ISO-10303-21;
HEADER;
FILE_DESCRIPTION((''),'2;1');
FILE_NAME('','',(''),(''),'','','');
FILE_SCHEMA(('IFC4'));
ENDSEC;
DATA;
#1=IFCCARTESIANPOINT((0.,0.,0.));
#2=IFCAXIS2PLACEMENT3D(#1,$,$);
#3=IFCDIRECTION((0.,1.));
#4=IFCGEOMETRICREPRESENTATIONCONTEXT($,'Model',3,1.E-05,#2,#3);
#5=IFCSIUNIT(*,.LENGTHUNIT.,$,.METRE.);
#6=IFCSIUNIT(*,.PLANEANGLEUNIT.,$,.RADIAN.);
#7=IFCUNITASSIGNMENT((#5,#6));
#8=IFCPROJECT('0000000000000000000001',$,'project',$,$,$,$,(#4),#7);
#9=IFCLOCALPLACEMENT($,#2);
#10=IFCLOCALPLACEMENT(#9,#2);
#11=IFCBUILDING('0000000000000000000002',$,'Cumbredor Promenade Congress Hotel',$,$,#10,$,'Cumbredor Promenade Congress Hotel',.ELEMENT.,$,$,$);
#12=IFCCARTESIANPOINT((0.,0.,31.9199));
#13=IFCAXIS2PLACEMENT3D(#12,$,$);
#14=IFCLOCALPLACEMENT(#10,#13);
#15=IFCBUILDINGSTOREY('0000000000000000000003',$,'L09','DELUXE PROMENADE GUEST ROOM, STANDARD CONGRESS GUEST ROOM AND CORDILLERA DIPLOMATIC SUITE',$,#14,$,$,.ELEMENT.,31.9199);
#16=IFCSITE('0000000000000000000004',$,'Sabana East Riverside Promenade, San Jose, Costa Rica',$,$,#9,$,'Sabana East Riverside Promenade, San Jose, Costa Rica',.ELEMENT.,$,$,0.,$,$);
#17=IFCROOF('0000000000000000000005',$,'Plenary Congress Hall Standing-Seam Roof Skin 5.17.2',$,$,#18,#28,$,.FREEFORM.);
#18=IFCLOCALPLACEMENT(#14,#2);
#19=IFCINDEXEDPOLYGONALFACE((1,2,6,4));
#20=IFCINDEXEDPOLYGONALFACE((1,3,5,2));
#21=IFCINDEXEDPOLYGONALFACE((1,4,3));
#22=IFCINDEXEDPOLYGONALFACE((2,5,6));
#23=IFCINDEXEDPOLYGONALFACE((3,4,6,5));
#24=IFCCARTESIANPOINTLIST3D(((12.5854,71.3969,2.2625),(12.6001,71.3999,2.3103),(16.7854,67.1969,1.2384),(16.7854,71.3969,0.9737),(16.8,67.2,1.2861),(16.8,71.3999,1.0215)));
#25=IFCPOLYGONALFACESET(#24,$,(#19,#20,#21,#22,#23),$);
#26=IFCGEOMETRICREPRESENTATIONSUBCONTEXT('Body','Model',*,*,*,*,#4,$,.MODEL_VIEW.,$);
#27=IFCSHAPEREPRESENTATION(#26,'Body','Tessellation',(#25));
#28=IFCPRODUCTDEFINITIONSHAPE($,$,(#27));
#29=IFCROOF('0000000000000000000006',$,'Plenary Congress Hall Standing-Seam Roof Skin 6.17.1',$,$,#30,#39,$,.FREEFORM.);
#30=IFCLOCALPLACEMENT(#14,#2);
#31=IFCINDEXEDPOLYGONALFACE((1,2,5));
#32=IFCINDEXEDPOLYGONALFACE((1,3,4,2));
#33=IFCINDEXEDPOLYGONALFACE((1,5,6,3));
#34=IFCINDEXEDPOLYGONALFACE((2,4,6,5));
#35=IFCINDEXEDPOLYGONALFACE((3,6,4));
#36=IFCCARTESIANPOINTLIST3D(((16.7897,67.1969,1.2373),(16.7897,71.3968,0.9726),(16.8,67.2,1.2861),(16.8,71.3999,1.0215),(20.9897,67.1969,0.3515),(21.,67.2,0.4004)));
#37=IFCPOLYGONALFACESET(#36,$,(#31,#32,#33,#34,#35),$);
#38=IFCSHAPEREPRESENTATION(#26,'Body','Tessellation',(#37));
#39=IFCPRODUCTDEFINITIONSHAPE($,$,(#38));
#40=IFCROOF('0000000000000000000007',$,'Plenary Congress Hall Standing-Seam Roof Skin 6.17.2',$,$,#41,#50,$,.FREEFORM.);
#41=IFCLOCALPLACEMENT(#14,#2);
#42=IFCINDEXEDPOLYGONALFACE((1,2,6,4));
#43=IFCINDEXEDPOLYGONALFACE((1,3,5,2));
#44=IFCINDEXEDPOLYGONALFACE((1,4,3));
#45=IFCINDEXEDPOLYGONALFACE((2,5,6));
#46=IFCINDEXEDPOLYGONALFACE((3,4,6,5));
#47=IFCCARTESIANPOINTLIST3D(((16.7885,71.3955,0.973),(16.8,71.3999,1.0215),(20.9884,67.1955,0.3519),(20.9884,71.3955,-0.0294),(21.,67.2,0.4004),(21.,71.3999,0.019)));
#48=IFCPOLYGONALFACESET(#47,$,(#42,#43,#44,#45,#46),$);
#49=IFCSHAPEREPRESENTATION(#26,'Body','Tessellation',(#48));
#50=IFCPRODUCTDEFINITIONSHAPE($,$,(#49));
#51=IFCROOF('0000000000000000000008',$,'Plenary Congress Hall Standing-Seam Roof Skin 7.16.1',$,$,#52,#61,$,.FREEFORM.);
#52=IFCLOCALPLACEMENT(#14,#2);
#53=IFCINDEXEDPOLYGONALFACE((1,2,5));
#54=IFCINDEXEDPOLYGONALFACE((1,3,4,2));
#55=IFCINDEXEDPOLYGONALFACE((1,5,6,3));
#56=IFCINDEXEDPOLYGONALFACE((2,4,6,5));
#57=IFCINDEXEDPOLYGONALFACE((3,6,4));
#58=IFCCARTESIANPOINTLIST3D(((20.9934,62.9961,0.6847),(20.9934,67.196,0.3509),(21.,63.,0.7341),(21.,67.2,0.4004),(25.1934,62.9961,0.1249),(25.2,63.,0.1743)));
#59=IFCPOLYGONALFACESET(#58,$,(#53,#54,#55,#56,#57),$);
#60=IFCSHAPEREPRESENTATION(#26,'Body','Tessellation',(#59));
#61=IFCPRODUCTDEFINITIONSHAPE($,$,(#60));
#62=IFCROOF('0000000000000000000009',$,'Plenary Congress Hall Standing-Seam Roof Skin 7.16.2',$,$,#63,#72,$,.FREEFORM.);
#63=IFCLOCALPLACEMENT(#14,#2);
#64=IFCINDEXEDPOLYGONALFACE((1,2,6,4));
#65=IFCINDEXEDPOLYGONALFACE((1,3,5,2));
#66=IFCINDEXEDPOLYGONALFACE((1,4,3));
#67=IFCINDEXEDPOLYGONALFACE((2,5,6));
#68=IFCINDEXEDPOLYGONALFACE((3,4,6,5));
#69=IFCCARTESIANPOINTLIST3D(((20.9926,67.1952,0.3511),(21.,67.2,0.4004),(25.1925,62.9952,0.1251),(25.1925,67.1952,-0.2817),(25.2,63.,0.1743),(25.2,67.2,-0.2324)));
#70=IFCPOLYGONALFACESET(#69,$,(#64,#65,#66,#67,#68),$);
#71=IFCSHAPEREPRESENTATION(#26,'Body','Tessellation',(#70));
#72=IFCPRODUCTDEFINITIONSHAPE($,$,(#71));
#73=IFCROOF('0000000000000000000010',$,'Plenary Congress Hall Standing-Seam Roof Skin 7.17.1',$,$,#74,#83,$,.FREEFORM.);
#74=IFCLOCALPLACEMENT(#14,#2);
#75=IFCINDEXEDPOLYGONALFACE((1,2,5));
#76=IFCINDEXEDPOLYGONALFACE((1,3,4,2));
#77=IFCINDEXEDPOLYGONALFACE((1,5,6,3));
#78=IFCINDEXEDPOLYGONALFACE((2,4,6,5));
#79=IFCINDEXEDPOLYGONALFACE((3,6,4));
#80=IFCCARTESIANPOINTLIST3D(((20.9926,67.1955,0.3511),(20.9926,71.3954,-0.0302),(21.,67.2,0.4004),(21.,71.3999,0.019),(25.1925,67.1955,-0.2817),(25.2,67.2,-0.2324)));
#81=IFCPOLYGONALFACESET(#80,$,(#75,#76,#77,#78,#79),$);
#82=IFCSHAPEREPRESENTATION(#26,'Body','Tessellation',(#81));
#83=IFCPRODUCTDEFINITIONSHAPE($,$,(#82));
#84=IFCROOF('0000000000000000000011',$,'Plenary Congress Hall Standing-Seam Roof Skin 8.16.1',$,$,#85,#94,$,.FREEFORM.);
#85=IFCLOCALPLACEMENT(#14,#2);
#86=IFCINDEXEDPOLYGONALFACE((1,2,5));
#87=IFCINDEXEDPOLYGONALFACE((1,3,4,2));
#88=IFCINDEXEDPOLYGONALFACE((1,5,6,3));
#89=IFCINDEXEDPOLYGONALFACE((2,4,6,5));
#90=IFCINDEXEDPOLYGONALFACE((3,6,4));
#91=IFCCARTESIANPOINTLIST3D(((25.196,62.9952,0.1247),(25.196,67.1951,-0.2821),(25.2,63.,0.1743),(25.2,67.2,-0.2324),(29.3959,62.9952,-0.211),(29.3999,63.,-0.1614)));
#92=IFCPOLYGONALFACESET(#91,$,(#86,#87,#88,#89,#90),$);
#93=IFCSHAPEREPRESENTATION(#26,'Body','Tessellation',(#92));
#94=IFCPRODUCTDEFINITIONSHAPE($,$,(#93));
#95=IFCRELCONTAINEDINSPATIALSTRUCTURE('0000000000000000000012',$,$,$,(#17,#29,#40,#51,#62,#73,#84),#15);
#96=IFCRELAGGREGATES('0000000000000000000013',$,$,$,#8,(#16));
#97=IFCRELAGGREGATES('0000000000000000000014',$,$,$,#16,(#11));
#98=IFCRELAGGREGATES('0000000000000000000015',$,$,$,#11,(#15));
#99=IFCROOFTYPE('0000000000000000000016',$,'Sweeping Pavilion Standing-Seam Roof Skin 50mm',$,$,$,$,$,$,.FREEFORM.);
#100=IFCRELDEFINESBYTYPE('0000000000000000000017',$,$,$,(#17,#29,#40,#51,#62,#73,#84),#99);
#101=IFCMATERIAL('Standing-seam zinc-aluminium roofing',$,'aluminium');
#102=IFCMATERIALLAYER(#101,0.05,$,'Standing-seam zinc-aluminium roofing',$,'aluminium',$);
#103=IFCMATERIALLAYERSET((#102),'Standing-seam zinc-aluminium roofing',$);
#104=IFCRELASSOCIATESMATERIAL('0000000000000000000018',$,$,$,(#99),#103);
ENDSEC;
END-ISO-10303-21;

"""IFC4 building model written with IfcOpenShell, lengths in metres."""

from ifc_helpers import new_model, si_unit, direction, frame, origin, place, context, subcontext, project, spatial, polyline, outline, extrude, material, layer, layer_set, type_object, element, save


model = new_model("IFC4")

# Units and contexts
model_context = context("Model", 3, precision=1e-05, world=origin(), true_north=direction((0.0, 1.0)))
body_context = subcontext(model_context, "Body", "Model", "MODEL_VIEW")
ifc_project = project(units=[si_unit("LENGTHUNIT", "METRE"), si_unit("PLANEANGLEUNIT", "RADIAN")], contexts=[model_context])

# Site, building, storey
site_placement = place(None, origin())
site = spatial("IfcSite", under=ifc_project, at=site_placement, Name="Sabana East Riverside Promenade, San Jose, Costa Rica", LongName="Sabana East Riverside Promenade, San Jose, Costa Rica", CompositionType="ELEMENT", RefElevation=0.0)
building_placement = place(site_placement, origin())
building = spatial("IfcBuilding", under=site, at=building_placement, Name="Cumbredor Promenade Congress Hotel", LongName="Cumbredor Promenade Congress Hotel", CompositionType="ELEMENT")
storey_placement = place(building_placement, frame((0.0, 0.0, 31.9199)))
storey = spatial("IfcBuildingStorey", under=building, at=storey_placement, Name="L09", Description="DELUXE PROMENADE GUEST ROOM, STANDARD CONGRESS GUEST ROOM AND CORDILLERA DIPLOMATIC SUITE", CompositionType="ELEMENT", Elevation=31.9199)

# Roofs
ifc_material_1 = material(Name="Standing-seam zinc-aluminium roofing", Category="aluminium")
ifc_layer_1 = layer(ifc_material_1, 0.05, Name="Standing-seam zinc-aluminium roofing", Category="aluminium")
ifc_layer_set_1 = layer_set([ifc_layer_1], Name="Standing-seam zinc-aluminium roofing")
roof_type = type_object("IfcRoofType", Name="Sweeping Pavilion Standing-Seam Roof Skin 50mm", PredefinedType="FREEFORM", material=ifc_layer_set_1)
roof_1_placement = place(storey_placement, frame((16.8, 67.2, 1.2861), z_axis=(0.292832, 0.060131, 0.954271), x_axis=(0.0, 0.998021, -0.062888)))
element("IfcRoof", 1, at=roof_1_placement, inside=storey, type_object=roof_type, Name="Plenary Congress Hall Standing-Seam Roof Skin 5.17.2", PredefinedType="FREEFORM", context=body_context, shape_type="SweptSolid", body=[
    extrude(outline(polyline([(0.0, 0.0), (4.2083, 0.0), (4.1272, 4.3925), (0.0, 0.0)])), origin(), (0.0, 0.0, -1.0), 0.05),
])
roof_2_placement = place(storey_placement, frame((16.8, 67.2, 1.2861), z_axis=(0.205963, 0.061539, 0.976623), x_axis=(0.978477, 0.0, -0.206354)))
element("IfcRoof", 2, at=roof_2_placement, inside=storey, type_object=roof_type, Name="Plenary Congress Hall Standing-Seam Roof Skin 6.17.1", PredefinedType="FREEFORM", context=body_context, shape_type="SweptSolid", body=[
    extrude(outline(polyline([(0.0, 0.0), (4.2923, 0.0), (0.0546, 4.2079), (0.0, 0.0)])), origin(), (0.0, 0.0, -1.0), 0.05),
])
roof_3_placement = place(storey_placement, frame((21.0, 67.2, 0.4004), z_axis=(0.231258, 0.087975, 0.968907), x_axis=(0.0, 0.995903, -0.090426)))
element("IfcRoof", 3, at=roof_3_placement, inside=storey, type_object=roof_type, Name="Plenary Congress Hall Standing-Seam Roof Skin 6.17.2", PredefinedType="FREEFORM", context=body_context, shape_type="SweptSolid", body=[
    extrude(outline(polyline([(0.0, 0.0), (4.2172, 0.0), (4.1266, 4.317), (0.0, 0.0)])), origin(), (0.0, 0.0, -1.0), 0.05),
])
roof_4_placement = place(storey_placement, frame((21.0, 63.0, 0.7341), z_axis=(0.131714, 0.078523, 0.988173), x_axis=(0.991233, 0.0, -0.132122)))
element("IfcRoof", 4, at=roof_4_placement, inside=storey, type_object=roof_type, Name="Plenary Congress Hall Standing-Seam Roof Skin 7.16.1", PredefinedType="FREEFORM", context=body_context, shape_type="SweptSolid", body=[
    extrude(outline(polyline([(0.0, 0.0), (4.2371, 0.0), (0.0441, 4.213), (0.0, 0.0)])), origin(), (0.0, 0.0, -1.0), 0.05),
])
roof_5_placement = place(storey_placement, frame((25.2, 63.0, 0.1743), z_axis=(0.148311, 0.095327, 0.984336), x_axis=(0.0, 0.995343, -0.096393)))
element("IfcRoof", 5, at=roof_5_placement, inside=storey, type_object=roof_type, Name="Plenary Congress Hall Standing-Seam Roof Skin 7.16.2", PredefinedType="FREEFORM", context=body_context, shape_type="SweptSolid", body=[
    extrude(outline(polyline([(0.0, 0.0), (4.2196, 0.0), (4.1586, 4.2469), (0.0, 0.0)])), origin(), (0.0, 0.0, -1.0), 0.05),
])
roof_6_placement = place(storey_placement, frame((21.0, 67.2, 0.4004), z_axis=(0.148393, 0.089425, 0.984877), x_axis=(0.988839, 0.0, -0.14899)))
element("IfcRoof", 6, at=roof_6_placement, inside=storey, type_object=roof_type, Name="Plenary Congress Hall Standing-Seam Roof Skin 7.17.1", PredefinedType="FREEFORM", context=body_context, shape_type="SweptSolid", body=[
    extrude(outline(polyline([(0.0, 0.0), (4.2474, 0.0), (0.0568, 4.2168), (0.0, 0.0)])), origin(), (0.0, 0.0, -1.0), 0.05),
])
roof_7_placement = place(storey_placement, frame((25.2, 63.0, 0.1743), z_axis=(0.079305, 0.096089, 0.992208), x_axis=(0.996821, 0.0, -0.079674)))
element("IfcRoof", 7, at=roof_7_placement, inside=storey, type_object=roof_type, Name="Plenary Congress Hall Standing-Seam Roof Skin 8.16.1", PredefinedType="FREEFORM", context=body_context, shape_type="SweptSolid", body=[
    extrude(outline(polyline([(0.0, 0.0), (4.2133, 0.0), (0.0324, 4.2195), (0.0, 0.0)])), origin(), (0.0, 0.0, -1.0), 0.05),
])

save(model, "model.ifc")
